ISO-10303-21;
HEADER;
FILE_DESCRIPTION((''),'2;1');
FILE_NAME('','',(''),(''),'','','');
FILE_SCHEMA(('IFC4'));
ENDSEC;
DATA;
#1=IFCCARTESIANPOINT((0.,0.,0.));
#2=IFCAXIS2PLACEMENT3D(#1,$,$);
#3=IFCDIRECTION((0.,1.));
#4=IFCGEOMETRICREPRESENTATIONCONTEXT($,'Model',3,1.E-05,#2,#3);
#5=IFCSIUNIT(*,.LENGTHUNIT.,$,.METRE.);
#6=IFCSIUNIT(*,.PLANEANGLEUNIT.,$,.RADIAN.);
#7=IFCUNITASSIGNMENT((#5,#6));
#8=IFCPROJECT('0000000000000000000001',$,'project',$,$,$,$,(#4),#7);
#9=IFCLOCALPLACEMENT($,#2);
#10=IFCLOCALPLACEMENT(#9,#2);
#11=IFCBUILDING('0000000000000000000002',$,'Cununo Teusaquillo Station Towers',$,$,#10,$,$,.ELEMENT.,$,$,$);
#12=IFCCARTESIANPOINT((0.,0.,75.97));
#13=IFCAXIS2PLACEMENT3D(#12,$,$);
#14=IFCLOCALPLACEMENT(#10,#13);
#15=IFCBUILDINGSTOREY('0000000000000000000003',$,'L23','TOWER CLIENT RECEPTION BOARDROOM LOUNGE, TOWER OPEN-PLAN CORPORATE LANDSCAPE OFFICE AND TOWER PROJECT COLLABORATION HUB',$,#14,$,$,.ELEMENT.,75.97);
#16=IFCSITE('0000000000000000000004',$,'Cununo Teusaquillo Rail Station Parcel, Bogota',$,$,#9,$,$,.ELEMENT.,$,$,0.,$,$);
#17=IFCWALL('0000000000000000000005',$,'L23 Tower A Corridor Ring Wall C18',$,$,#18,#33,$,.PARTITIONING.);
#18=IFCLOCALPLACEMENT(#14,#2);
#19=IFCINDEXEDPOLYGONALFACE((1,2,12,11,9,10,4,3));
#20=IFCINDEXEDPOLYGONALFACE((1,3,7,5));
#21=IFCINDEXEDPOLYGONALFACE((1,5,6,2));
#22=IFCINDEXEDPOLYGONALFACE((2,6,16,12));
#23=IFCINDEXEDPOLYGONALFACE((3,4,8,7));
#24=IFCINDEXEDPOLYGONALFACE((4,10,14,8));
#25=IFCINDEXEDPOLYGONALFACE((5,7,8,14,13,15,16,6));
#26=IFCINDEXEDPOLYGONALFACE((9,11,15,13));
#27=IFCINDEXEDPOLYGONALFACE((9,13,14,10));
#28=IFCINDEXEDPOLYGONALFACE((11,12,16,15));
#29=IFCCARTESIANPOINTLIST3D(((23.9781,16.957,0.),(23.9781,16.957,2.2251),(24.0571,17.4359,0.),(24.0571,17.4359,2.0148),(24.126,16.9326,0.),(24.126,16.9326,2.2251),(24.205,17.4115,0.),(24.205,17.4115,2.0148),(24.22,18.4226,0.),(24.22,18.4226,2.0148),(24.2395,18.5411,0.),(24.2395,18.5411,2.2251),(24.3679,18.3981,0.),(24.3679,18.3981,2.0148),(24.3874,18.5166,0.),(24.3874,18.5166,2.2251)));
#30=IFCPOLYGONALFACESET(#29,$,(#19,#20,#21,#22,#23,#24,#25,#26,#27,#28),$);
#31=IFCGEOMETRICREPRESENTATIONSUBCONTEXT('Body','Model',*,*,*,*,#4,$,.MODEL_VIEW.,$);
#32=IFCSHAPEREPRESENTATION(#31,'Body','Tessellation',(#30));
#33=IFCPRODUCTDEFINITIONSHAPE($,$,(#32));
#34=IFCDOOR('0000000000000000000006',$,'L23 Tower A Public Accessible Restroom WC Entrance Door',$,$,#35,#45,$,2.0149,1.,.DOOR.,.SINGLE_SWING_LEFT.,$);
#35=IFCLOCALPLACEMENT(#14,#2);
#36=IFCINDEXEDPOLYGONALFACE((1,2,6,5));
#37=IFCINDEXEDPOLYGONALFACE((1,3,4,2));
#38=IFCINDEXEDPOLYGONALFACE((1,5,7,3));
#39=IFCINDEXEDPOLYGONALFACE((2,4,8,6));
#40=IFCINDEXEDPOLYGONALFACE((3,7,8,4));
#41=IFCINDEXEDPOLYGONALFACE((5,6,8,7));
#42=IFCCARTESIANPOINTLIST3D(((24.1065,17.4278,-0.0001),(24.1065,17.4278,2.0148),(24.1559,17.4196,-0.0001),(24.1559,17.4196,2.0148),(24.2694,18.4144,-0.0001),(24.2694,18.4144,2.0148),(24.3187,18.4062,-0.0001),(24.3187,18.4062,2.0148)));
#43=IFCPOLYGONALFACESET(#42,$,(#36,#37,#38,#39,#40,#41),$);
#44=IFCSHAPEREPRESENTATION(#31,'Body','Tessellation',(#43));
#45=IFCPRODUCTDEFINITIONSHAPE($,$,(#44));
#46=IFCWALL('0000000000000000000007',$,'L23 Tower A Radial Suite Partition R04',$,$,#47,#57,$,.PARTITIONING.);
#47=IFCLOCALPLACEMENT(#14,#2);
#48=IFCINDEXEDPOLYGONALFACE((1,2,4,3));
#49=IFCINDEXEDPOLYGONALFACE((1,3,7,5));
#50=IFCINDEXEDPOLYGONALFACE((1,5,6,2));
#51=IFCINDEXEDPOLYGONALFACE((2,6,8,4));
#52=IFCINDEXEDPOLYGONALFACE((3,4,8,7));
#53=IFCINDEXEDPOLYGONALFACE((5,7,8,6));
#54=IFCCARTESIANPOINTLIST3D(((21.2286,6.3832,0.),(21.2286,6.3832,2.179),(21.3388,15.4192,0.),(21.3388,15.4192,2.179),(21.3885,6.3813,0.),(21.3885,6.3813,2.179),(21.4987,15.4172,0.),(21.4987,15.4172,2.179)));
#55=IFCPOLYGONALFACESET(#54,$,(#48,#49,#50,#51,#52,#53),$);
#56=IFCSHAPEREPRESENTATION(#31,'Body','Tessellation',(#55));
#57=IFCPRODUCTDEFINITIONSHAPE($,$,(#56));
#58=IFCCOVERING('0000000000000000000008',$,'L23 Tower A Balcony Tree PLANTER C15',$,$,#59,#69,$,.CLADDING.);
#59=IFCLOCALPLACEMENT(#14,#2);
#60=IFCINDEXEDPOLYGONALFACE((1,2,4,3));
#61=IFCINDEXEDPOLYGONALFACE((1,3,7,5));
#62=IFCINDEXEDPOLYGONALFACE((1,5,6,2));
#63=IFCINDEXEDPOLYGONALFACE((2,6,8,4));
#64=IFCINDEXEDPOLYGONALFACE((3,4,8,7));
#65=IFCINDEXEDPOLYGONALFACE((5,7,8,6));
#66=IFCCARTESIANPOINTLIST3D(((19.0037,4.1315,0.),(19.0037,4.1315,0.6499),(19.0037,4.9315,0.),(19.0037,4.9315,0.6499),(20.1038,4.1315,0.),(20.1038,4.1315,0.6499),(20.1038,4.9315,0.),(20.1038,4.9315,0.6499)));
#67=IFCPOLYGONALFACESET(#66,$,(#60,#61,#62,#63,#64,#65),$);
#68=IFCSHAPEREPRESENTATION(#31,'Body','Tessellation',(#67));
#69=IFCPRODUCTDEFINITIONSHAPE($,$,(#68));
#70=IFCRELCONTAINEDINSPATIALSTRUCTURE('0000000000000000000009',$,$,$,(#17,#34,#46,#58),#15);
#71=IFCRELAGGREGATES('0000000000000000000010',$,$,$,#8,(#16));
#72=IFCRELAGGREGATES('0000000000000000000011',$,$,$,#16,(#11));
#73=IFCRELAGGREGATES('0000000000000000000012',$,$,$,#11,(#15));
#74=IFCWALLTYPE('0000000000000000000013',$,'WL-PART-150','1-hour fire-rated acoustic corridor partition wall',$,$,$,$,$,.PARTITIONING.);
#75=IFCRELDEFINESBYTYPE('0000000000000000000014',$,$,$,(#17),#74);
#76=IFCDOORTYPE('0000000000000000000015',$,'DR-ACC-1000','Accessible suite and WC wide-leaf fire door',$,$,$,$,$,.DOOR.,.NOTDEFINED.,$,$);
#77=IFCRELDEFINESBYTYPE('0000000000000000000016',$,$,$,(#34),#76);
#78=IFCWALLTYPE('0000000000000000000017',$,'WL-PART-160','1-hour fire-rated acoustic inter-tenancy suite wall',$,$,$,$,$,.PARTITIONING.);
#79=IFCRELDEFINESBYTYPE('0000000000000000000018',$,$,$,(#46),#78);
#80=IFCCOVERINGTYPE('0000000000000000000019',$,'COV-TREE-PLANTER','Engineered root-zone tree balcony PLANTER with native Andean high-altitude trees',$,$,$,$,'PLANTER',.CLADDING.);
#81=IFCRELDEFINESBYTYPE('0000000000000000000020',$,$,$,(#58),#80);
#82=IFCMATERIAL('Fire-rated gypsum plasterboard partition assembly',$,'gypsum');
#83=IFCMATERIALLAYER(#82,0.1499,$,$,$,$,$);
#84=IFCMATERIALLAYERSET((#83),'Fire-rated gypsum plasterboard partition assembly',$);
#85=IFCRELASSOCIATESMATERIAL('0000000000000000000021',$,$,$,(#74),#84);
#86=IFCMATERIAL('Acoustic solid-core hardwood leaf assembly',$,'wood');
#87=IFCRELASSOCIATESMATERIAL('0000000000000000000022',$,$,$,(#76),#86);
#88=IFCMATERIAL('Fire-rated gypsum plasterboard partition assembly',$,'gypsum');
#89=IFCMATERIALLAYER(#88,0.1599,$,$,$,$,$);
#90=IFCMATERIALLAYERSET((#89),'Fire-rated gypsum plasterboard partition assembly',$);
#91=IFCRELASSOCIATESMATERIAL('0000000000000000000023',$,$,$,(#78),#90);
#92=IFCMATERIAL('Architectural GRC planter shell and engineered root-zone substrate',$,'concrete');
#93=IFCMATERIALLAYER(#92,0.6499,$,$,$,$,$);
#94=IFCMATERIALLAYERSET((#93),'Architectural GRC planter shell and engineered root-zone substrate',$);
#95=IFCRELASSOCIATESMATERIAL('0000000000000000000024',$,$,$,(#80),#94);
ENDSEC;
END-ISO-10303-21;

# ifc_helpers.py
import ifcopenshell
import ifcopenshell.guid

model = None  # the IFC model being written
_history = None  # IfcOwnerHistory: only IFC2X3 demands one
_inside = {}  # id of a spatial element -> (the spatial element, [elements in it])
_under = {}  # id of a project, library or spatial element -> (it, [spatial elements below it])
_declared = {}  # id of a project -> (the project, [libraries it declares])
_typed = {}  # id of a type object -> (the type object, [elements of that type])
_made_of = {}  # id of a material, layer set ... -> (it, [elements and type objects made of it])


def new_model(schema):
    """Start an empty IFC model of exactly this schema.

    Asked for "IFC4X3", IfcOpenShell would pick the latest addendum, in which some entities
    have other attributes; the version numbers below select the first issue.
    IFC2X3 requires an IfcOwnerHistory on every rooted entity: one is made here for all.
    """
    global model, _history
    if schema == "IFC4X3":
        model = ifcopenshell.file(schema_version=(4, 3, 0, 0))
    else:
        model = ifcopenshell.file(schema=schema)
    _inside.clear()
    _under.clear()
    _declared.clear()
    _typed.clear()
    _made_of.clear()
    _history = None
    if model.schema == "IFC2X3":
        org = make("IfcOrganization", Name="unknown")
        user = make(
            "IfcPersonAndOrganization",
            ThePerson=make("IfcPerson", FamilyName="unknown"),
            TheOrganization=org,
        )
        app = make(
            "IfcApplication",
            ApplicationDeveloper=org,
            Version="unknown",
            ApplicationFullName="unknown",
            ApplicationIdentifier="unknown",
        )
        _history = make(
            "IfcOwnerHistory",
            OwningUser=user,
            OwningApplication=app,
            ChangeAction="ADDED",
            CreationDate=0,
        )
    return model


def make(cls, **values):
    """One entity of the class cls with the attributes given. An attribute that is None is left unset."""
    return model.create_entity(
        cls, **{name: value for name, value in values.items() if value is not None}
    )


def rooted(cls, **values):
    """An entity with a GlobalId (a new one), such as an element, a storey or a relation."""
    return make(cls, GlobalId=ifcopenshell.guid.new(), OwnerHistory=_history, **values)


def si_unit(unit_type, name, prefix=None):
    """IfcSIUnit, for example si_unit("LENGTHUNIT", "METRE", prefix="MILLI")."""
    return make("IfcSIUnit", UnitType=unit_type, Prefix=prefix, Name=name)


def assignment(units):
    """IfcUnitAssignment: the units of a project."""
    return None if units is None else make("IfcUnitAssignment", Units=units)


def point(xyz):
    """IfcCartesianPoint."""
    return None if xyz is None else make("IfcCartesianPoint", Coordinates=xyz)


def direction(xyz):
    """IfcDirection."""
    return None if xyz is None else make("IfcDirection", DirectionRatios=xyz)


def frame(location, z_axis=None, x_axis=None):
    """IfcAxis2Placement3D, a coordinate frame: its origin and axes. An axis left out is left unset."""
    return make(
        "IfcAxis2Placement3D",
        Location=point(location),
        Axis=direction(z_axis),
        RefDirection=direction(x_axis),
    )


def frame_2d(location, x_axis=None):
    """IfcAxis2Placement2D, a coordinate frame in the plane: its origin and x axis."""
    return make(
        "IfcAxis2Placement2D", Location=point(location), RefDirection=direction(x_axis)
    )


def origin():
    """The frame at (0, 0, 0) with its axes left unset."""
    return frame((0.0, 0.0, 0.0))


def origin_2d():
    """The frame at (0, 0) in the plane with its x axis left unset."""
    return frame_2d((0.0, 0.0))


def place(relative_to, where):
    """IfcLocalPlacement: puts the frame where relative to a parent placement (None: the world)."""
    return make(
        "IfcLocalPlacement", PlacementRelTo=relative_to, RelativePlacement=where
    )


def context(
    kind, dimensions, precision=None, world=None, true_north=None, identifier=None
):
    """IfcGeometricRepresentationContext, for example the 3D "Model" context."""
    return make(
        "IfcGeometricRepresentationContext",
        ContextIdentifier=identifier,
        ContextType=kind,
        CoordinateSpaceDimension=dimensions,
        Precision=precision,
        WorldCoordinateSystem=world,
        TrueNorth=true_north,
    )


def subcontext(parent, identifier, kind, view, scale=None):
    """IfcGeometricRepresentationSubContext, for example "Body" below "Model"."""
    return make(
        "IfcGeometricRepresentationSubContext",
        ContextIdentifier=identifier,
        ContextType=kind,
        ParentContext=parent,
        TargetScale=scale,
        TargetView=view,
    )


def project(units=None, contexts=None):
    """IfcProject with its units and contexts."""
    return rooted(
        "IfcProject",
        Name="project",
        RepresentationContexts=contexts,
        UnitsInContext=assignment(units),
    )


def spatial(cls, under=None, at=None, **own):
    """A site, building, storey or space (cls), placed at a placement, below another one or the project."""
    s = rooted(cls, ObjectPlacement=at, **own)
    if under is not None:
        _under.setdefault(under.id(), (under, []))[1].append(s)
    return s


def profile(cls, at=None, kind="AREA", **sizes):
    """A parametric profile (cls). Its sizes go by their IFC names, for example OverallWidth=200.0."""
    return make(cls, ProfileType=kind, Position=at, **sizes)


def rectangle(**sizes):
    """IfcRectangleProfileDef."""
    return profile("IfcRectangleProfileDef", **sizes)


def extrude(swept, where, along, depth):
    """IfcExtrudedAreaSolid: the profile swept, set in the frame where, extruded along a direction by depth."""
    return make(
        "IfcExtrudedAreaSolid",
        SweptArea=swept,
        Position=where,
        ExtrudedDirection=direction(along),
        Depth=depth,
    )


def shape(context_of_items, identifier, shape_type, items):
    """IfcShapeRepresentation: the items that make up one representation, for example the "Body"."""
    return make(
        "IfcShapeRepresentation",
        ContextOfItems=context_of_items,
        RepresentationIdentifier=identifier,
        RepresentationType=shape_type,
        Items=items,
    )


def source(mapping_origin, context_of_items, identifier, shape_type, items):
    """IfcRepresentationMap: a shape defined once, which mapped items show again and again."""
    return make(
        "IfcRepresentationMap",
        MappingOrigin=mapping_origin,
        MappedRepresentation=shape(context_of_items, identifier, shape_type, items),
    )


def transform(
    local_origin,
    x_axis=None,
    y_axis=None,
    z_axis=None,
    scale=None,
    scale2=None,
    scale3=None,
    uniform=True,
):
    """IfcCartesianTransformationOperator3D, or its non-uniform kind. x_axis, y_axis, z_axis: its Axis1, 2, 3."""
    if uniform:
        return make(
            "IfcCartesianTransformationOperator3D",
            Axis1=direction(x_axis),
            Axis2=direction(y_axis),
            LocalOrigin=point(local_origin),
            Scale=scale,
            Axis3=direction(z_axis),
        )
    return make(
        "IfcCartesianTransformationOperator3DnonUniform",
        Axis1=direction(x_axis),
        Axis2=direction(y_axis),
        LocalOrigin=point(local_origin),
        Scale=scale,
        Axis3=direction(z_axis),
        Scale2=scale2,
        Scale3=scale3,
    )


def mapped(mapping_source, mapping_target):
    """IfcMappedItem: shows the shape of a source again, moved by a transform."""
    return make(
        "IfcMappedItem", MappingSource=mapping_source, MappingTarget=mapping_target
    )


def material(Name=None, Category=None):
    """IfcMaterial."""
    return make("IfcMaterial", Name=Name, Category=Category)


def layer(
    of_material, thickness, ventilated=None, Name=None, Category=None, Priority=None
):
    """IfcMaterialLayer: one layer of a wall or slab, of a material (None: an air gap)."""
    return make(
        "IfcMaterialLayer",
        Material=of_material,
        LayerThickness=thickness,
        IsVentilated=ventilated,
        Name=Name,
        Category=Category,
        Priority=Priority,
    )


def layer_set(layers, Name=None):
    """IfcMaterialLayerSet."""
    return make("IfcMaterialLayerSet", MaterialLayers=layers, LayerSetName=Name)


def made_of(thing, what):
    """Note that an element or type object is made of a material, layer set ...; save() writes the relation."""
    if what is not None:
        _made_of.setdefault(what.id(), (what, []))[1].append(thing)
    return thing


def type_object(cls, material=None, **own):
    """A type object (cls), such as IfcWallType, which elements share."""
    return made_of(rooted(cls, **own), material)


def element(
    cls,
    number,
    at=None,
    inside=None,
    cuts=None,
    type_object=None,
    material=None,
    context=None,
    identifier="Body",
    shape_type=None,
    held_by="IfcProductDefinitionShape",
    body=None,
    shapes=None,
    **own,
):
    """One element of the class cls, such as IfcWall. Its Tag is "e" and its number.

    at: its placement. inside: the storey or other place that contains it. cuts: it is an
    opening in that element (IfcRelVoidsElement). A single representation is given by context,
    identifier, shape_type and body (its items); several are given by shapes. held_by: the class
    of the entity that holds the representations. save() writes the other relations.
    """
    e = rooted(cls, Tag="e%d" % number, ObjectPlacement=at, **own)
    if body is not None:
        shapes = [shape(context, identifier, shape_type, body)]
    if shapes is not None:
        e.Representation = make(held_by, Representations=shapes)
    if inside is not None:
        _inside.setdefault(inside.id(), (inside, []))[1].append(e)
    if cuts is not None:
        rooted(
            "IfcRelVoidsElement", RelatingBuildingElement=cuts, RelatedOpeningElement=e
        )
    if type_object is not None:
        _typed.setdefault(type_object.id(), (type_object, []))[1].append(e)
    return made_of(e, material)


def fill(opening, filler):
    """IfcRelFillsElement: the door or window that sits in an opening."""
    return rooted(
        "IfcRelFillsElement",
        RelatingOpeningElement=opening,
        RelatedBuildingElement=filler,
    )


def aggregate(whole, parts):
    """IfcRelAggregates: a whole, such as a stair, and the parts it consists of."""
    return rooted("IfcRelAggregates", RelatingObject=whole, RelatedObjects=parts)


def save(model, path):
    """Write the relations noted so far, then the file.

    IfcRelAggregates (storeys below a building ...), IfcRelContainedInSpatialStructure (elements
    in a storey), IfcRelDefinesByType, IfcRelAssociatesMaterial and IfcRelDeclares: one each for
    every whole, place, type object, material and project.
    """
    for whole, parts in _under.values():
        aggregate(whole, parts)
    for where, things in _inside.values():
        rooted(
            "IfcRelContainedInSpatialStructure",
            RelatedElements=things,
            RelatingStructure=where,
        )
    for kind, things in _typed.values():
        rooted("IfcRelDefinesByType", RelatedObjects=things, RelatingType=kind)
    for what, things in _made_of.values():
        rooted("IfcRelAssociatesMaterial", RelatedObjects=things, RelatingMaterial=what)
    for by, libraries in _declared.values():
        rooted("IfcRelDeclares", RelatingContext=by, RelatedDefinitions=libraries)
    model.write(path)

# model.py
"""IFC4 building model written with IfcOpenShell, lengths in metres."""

from ifc_helpers import new_model, si_unit, direction, frame, frame_2d, origin, origin_2d, place, context, subcontext, project, spatial, rectangle, extrude, source, transform, mapped, material, layer, layer_set, type_object, element, fill, save


model = new_model("IFC4")

# Units and contexts
model_context = context("Model", 3, precision=1e-05, world=origin(), true_north=direction((0.0, 1.0)))
body_context = subcontext(model_context, "Body", "Model", "MODEL_VIEW")
ifc_project = project(units=[si_unit("LENGTHUNIT", "METRE"), si_unit("PLANEANGLEUNIT", "RADIAN")], contexts=[model_context])

# Site, building, storey
site_placement = place(None, origin())
site = spatial("IfcSite", under=ifc_project, at=site_placement, Name="Cununo Teusaquillo Rail Station Parcel, Bogota", CompositionType="ELEMENT", RefElevation=0.0)
building_placement = place(site_placement, origin())
building = spatial("IfcBuilding", under=site, at=building_placement, Name="Cununo Teusaquillo Station Towers", CompositionType="ELEMENT")
storey_placement = place(building_placement, frame((0.0, 0.0, 75.97)))
storey = spatial("IfcBuildingStorey", under=building, at=storey_placement, Name="L23", Description="TOWER CLIENT RECEPTION BOARDROOM LOUNGE, TOWER OPEN-PLAN CORPORATE LANDSCAPE OFFICE AND TOWER PROJECT COLLABORATION HUB", CompositionType="ELEMENT", Elevation=75.97)

# Shared definitions
ifc_material_1 = material(Name="Fire-rated gypsum plasterboard partition assembly", Category="gypsum")
ifc_layer_1 = layer(ifc_material_1, 0.1499)
ifc_layer_set_1 = layer_set([ifc_layer_1], Name="Fire-rated gypsum plasterboard partition assembly")
wall_type_1 = type_object("IfcWallType", Name="WL-PART-150", Description="1-hour fire-rated acoustic corridor partition wall", PredefinedType="PARTITIONING", material=ifc_layer_set_1)

# Wall, opening, door
wall_1_placement = place(storey_placement, frame((24.052, 16.9448, 0.0), z_axis=(0.0, 0.0, 1.0), x_axis=(0.16287, 0.986648, 0.0)))
wall_1 = element("IfcWall", 1, at=wall_1_placement, inside=storey, type_object=wall_type_1, Name="L23 Tower A Corridor Ring Wall C18", PredefinedType="PARTITIONING", context=body_context, shape_type="SweptSolid", body=[
    extrude(rectangle(XDim=1.6055, YDim=0.1499, at=frame_2d((0.8027, 0.0))), origin(), (0.0, 0.0, 1.0), 2.2251),
])
shared_shape_1 = source(origin(), body_context, "Body", "SweptSolid", [
    extrude(rectangle(XDim=1.0, YDim=2.0149, at=frame_2d((0.5, 1.0073))), frame((0.0, 0.085, 0.0), z_axis=(0.0, -1.0, 0.0), x_axis=(1.0, 0.0, 0.0)), (0.0, 0.0, 1.0), 0.1699),
])
opening_1_placement = place(wall_1_placement, frame((0.4854, 0.0, 0.0)))
opening_1 = element("IfcOpeningElement", 2, at=opening_1_placement, cuts=wall_1, PredefinedType="OPENING", context=body_context, shape_type="MappedRepresentation", body=[
    mapped(shared_shape_1, transform((0.0, 0.0, 0.0), x_axis=(1.0, 0.0, 0.0), y_axis=(0.0, 1.0, 0.0), z_axis=(0.0, 0.0, 1.0), scale=1.0)),
])
ifc_material_2 = material(Name="Acoustic solid-core hardwood leaf assembly", Category="wood")
door_type_1 = type_object("IfcDoorType", Name="DR-ACC-1000", Description="Accessible suite and WC wide-leaf fire door", OperationType="NOTDEFINED", PredefinedType="DOOR", material=ifc_material_2)
shared_shape_2 = source(origin(), body_context, "Body", "SweptSolid", [
    extrude(rectangle(XDim=1.0, YDim=2.0149, at=frame_2d((0.5, 1.0073))), frame((0.0, 0.0249, 0.0), z_axis=(0.0, -1.0, 0.0), x_axis=(1.0, 0.0, 0.0)), (0.0, 0.0, 1.0), 0.05),
])
door_1_placement = place(opening_1_placement, origin())
door_1 = element("IfcDoor", 3, at=door_1_placement, inside=storey, type_object=door_type_1, Name="L23 Tower A Public Accessible Restroom WC Entrance Door", OperationType="SINGLE_SWING_LEFT", OverallHeight=2.0149, OverallWidth=1.0, PredefinedType="DOOR", context=body_context, shape_type="MappedRepresentation", body=[
    mapped(shared_shape_2, transform((0.0, 0.0, 0.0), x_axis=(1.0, 0.0, 0.0), y_axis=(0.0, 1.0, 0.0), z_axis=(0.0, 0.0, 1.0), scale=1.0)),
])
fill(opening_1, door_1)

# Wall
ifc_material_3 = material(Name="Fire-rated gypsum plasterboard partition assembly", Category="gypsum")
ifc_layer_2 = layer(ifc_material_3, 0.1599)
ifc_layer_set_2 = layer_set([ifc_layer_2], Name="Fire-rated gypsum plasterboard partition assembly")
wall_type_2 = type_object("IfcWallType", Name="WL-PART-160", Description="1-hour fire-rated acoustic inter-tenancy suite wall", PredefinedType="PARTITIONING", material=ifc_layer_set_2)
wall_2_placement = place(storey_placement, frame((21.4187, 15.4182, 0.0), z_axis=(0.0, 0.0, 1.0), x_axis=(-0.012185, -0.999926, 0.0)))
element("IfcWall", 4, at=wall_2_placement, inside=storey, type_object=wall_type_2, Name="L23 Tower A Radial Suite Partition R04", PredefinedType="PARTITIONING", context=body_context, shape_type="SweptSolid", body=[
    extrude(rectangle(XDim=9.0366, YDim=0.1599, at=frame_2d((4.5183, 0.0))), origin(), (0.0, 0.0, 1.0), 2.179),
])

# Covering
ifc_material_4 = material(Name="Architectural GRC planter shell and engineered root-zone substrate", Category="concrete")
ifc_layer_3 = layer(ifc_material_4, 0.6499)
ifc_layer_set_3 = layer_set([ifc_layer_3], Name="Architectural GRC planter shell and engineered root-zone substrate")
covering_type = type_object("IfcCoveringType", Name="COV-TREE-PLANTER", Description="Engineered root-zone tree balcony PLANTER with native Andean high-altitude trees", ElementType="PLANTER", PredefinedType="CLADDING", material=ifc_layer_set_3)
shared_shape_3 = source(origin(), body_context, "Body", "SweptSolid", [
    extrude(rectangle(XDim=1.1001, YDim=0.8, at=origin_2d()), origin(), (0.0, 0.0, 1.0), 0.6499),
])
covering_placement = place(storey_placement, frame((19.5537, 4.5315, 0.0), z_axis=(0.0, 0.0, 1.0), x_axis=(1.0, 0.0, 0.0)))
element("IfcCovering", 5, at=covering_placement, inside=storey, type_object=covering_type, Name="L23 Tower A Balcony Tree PLANTER C15", PredefinedType="CLADDING", context=body_context, shape_type="MappedRepresentation", body=[
    mapped(shared_shape_3, transform((0.0, 0.0, 0.0), x_axis=(1.0, 0.0, 0.0), y_axis=(0.0, 1.0, 0.0), z_axis=(0.0, 0.0, 1.0), scale=1.0)),
])

save(model, "model.ifc")
